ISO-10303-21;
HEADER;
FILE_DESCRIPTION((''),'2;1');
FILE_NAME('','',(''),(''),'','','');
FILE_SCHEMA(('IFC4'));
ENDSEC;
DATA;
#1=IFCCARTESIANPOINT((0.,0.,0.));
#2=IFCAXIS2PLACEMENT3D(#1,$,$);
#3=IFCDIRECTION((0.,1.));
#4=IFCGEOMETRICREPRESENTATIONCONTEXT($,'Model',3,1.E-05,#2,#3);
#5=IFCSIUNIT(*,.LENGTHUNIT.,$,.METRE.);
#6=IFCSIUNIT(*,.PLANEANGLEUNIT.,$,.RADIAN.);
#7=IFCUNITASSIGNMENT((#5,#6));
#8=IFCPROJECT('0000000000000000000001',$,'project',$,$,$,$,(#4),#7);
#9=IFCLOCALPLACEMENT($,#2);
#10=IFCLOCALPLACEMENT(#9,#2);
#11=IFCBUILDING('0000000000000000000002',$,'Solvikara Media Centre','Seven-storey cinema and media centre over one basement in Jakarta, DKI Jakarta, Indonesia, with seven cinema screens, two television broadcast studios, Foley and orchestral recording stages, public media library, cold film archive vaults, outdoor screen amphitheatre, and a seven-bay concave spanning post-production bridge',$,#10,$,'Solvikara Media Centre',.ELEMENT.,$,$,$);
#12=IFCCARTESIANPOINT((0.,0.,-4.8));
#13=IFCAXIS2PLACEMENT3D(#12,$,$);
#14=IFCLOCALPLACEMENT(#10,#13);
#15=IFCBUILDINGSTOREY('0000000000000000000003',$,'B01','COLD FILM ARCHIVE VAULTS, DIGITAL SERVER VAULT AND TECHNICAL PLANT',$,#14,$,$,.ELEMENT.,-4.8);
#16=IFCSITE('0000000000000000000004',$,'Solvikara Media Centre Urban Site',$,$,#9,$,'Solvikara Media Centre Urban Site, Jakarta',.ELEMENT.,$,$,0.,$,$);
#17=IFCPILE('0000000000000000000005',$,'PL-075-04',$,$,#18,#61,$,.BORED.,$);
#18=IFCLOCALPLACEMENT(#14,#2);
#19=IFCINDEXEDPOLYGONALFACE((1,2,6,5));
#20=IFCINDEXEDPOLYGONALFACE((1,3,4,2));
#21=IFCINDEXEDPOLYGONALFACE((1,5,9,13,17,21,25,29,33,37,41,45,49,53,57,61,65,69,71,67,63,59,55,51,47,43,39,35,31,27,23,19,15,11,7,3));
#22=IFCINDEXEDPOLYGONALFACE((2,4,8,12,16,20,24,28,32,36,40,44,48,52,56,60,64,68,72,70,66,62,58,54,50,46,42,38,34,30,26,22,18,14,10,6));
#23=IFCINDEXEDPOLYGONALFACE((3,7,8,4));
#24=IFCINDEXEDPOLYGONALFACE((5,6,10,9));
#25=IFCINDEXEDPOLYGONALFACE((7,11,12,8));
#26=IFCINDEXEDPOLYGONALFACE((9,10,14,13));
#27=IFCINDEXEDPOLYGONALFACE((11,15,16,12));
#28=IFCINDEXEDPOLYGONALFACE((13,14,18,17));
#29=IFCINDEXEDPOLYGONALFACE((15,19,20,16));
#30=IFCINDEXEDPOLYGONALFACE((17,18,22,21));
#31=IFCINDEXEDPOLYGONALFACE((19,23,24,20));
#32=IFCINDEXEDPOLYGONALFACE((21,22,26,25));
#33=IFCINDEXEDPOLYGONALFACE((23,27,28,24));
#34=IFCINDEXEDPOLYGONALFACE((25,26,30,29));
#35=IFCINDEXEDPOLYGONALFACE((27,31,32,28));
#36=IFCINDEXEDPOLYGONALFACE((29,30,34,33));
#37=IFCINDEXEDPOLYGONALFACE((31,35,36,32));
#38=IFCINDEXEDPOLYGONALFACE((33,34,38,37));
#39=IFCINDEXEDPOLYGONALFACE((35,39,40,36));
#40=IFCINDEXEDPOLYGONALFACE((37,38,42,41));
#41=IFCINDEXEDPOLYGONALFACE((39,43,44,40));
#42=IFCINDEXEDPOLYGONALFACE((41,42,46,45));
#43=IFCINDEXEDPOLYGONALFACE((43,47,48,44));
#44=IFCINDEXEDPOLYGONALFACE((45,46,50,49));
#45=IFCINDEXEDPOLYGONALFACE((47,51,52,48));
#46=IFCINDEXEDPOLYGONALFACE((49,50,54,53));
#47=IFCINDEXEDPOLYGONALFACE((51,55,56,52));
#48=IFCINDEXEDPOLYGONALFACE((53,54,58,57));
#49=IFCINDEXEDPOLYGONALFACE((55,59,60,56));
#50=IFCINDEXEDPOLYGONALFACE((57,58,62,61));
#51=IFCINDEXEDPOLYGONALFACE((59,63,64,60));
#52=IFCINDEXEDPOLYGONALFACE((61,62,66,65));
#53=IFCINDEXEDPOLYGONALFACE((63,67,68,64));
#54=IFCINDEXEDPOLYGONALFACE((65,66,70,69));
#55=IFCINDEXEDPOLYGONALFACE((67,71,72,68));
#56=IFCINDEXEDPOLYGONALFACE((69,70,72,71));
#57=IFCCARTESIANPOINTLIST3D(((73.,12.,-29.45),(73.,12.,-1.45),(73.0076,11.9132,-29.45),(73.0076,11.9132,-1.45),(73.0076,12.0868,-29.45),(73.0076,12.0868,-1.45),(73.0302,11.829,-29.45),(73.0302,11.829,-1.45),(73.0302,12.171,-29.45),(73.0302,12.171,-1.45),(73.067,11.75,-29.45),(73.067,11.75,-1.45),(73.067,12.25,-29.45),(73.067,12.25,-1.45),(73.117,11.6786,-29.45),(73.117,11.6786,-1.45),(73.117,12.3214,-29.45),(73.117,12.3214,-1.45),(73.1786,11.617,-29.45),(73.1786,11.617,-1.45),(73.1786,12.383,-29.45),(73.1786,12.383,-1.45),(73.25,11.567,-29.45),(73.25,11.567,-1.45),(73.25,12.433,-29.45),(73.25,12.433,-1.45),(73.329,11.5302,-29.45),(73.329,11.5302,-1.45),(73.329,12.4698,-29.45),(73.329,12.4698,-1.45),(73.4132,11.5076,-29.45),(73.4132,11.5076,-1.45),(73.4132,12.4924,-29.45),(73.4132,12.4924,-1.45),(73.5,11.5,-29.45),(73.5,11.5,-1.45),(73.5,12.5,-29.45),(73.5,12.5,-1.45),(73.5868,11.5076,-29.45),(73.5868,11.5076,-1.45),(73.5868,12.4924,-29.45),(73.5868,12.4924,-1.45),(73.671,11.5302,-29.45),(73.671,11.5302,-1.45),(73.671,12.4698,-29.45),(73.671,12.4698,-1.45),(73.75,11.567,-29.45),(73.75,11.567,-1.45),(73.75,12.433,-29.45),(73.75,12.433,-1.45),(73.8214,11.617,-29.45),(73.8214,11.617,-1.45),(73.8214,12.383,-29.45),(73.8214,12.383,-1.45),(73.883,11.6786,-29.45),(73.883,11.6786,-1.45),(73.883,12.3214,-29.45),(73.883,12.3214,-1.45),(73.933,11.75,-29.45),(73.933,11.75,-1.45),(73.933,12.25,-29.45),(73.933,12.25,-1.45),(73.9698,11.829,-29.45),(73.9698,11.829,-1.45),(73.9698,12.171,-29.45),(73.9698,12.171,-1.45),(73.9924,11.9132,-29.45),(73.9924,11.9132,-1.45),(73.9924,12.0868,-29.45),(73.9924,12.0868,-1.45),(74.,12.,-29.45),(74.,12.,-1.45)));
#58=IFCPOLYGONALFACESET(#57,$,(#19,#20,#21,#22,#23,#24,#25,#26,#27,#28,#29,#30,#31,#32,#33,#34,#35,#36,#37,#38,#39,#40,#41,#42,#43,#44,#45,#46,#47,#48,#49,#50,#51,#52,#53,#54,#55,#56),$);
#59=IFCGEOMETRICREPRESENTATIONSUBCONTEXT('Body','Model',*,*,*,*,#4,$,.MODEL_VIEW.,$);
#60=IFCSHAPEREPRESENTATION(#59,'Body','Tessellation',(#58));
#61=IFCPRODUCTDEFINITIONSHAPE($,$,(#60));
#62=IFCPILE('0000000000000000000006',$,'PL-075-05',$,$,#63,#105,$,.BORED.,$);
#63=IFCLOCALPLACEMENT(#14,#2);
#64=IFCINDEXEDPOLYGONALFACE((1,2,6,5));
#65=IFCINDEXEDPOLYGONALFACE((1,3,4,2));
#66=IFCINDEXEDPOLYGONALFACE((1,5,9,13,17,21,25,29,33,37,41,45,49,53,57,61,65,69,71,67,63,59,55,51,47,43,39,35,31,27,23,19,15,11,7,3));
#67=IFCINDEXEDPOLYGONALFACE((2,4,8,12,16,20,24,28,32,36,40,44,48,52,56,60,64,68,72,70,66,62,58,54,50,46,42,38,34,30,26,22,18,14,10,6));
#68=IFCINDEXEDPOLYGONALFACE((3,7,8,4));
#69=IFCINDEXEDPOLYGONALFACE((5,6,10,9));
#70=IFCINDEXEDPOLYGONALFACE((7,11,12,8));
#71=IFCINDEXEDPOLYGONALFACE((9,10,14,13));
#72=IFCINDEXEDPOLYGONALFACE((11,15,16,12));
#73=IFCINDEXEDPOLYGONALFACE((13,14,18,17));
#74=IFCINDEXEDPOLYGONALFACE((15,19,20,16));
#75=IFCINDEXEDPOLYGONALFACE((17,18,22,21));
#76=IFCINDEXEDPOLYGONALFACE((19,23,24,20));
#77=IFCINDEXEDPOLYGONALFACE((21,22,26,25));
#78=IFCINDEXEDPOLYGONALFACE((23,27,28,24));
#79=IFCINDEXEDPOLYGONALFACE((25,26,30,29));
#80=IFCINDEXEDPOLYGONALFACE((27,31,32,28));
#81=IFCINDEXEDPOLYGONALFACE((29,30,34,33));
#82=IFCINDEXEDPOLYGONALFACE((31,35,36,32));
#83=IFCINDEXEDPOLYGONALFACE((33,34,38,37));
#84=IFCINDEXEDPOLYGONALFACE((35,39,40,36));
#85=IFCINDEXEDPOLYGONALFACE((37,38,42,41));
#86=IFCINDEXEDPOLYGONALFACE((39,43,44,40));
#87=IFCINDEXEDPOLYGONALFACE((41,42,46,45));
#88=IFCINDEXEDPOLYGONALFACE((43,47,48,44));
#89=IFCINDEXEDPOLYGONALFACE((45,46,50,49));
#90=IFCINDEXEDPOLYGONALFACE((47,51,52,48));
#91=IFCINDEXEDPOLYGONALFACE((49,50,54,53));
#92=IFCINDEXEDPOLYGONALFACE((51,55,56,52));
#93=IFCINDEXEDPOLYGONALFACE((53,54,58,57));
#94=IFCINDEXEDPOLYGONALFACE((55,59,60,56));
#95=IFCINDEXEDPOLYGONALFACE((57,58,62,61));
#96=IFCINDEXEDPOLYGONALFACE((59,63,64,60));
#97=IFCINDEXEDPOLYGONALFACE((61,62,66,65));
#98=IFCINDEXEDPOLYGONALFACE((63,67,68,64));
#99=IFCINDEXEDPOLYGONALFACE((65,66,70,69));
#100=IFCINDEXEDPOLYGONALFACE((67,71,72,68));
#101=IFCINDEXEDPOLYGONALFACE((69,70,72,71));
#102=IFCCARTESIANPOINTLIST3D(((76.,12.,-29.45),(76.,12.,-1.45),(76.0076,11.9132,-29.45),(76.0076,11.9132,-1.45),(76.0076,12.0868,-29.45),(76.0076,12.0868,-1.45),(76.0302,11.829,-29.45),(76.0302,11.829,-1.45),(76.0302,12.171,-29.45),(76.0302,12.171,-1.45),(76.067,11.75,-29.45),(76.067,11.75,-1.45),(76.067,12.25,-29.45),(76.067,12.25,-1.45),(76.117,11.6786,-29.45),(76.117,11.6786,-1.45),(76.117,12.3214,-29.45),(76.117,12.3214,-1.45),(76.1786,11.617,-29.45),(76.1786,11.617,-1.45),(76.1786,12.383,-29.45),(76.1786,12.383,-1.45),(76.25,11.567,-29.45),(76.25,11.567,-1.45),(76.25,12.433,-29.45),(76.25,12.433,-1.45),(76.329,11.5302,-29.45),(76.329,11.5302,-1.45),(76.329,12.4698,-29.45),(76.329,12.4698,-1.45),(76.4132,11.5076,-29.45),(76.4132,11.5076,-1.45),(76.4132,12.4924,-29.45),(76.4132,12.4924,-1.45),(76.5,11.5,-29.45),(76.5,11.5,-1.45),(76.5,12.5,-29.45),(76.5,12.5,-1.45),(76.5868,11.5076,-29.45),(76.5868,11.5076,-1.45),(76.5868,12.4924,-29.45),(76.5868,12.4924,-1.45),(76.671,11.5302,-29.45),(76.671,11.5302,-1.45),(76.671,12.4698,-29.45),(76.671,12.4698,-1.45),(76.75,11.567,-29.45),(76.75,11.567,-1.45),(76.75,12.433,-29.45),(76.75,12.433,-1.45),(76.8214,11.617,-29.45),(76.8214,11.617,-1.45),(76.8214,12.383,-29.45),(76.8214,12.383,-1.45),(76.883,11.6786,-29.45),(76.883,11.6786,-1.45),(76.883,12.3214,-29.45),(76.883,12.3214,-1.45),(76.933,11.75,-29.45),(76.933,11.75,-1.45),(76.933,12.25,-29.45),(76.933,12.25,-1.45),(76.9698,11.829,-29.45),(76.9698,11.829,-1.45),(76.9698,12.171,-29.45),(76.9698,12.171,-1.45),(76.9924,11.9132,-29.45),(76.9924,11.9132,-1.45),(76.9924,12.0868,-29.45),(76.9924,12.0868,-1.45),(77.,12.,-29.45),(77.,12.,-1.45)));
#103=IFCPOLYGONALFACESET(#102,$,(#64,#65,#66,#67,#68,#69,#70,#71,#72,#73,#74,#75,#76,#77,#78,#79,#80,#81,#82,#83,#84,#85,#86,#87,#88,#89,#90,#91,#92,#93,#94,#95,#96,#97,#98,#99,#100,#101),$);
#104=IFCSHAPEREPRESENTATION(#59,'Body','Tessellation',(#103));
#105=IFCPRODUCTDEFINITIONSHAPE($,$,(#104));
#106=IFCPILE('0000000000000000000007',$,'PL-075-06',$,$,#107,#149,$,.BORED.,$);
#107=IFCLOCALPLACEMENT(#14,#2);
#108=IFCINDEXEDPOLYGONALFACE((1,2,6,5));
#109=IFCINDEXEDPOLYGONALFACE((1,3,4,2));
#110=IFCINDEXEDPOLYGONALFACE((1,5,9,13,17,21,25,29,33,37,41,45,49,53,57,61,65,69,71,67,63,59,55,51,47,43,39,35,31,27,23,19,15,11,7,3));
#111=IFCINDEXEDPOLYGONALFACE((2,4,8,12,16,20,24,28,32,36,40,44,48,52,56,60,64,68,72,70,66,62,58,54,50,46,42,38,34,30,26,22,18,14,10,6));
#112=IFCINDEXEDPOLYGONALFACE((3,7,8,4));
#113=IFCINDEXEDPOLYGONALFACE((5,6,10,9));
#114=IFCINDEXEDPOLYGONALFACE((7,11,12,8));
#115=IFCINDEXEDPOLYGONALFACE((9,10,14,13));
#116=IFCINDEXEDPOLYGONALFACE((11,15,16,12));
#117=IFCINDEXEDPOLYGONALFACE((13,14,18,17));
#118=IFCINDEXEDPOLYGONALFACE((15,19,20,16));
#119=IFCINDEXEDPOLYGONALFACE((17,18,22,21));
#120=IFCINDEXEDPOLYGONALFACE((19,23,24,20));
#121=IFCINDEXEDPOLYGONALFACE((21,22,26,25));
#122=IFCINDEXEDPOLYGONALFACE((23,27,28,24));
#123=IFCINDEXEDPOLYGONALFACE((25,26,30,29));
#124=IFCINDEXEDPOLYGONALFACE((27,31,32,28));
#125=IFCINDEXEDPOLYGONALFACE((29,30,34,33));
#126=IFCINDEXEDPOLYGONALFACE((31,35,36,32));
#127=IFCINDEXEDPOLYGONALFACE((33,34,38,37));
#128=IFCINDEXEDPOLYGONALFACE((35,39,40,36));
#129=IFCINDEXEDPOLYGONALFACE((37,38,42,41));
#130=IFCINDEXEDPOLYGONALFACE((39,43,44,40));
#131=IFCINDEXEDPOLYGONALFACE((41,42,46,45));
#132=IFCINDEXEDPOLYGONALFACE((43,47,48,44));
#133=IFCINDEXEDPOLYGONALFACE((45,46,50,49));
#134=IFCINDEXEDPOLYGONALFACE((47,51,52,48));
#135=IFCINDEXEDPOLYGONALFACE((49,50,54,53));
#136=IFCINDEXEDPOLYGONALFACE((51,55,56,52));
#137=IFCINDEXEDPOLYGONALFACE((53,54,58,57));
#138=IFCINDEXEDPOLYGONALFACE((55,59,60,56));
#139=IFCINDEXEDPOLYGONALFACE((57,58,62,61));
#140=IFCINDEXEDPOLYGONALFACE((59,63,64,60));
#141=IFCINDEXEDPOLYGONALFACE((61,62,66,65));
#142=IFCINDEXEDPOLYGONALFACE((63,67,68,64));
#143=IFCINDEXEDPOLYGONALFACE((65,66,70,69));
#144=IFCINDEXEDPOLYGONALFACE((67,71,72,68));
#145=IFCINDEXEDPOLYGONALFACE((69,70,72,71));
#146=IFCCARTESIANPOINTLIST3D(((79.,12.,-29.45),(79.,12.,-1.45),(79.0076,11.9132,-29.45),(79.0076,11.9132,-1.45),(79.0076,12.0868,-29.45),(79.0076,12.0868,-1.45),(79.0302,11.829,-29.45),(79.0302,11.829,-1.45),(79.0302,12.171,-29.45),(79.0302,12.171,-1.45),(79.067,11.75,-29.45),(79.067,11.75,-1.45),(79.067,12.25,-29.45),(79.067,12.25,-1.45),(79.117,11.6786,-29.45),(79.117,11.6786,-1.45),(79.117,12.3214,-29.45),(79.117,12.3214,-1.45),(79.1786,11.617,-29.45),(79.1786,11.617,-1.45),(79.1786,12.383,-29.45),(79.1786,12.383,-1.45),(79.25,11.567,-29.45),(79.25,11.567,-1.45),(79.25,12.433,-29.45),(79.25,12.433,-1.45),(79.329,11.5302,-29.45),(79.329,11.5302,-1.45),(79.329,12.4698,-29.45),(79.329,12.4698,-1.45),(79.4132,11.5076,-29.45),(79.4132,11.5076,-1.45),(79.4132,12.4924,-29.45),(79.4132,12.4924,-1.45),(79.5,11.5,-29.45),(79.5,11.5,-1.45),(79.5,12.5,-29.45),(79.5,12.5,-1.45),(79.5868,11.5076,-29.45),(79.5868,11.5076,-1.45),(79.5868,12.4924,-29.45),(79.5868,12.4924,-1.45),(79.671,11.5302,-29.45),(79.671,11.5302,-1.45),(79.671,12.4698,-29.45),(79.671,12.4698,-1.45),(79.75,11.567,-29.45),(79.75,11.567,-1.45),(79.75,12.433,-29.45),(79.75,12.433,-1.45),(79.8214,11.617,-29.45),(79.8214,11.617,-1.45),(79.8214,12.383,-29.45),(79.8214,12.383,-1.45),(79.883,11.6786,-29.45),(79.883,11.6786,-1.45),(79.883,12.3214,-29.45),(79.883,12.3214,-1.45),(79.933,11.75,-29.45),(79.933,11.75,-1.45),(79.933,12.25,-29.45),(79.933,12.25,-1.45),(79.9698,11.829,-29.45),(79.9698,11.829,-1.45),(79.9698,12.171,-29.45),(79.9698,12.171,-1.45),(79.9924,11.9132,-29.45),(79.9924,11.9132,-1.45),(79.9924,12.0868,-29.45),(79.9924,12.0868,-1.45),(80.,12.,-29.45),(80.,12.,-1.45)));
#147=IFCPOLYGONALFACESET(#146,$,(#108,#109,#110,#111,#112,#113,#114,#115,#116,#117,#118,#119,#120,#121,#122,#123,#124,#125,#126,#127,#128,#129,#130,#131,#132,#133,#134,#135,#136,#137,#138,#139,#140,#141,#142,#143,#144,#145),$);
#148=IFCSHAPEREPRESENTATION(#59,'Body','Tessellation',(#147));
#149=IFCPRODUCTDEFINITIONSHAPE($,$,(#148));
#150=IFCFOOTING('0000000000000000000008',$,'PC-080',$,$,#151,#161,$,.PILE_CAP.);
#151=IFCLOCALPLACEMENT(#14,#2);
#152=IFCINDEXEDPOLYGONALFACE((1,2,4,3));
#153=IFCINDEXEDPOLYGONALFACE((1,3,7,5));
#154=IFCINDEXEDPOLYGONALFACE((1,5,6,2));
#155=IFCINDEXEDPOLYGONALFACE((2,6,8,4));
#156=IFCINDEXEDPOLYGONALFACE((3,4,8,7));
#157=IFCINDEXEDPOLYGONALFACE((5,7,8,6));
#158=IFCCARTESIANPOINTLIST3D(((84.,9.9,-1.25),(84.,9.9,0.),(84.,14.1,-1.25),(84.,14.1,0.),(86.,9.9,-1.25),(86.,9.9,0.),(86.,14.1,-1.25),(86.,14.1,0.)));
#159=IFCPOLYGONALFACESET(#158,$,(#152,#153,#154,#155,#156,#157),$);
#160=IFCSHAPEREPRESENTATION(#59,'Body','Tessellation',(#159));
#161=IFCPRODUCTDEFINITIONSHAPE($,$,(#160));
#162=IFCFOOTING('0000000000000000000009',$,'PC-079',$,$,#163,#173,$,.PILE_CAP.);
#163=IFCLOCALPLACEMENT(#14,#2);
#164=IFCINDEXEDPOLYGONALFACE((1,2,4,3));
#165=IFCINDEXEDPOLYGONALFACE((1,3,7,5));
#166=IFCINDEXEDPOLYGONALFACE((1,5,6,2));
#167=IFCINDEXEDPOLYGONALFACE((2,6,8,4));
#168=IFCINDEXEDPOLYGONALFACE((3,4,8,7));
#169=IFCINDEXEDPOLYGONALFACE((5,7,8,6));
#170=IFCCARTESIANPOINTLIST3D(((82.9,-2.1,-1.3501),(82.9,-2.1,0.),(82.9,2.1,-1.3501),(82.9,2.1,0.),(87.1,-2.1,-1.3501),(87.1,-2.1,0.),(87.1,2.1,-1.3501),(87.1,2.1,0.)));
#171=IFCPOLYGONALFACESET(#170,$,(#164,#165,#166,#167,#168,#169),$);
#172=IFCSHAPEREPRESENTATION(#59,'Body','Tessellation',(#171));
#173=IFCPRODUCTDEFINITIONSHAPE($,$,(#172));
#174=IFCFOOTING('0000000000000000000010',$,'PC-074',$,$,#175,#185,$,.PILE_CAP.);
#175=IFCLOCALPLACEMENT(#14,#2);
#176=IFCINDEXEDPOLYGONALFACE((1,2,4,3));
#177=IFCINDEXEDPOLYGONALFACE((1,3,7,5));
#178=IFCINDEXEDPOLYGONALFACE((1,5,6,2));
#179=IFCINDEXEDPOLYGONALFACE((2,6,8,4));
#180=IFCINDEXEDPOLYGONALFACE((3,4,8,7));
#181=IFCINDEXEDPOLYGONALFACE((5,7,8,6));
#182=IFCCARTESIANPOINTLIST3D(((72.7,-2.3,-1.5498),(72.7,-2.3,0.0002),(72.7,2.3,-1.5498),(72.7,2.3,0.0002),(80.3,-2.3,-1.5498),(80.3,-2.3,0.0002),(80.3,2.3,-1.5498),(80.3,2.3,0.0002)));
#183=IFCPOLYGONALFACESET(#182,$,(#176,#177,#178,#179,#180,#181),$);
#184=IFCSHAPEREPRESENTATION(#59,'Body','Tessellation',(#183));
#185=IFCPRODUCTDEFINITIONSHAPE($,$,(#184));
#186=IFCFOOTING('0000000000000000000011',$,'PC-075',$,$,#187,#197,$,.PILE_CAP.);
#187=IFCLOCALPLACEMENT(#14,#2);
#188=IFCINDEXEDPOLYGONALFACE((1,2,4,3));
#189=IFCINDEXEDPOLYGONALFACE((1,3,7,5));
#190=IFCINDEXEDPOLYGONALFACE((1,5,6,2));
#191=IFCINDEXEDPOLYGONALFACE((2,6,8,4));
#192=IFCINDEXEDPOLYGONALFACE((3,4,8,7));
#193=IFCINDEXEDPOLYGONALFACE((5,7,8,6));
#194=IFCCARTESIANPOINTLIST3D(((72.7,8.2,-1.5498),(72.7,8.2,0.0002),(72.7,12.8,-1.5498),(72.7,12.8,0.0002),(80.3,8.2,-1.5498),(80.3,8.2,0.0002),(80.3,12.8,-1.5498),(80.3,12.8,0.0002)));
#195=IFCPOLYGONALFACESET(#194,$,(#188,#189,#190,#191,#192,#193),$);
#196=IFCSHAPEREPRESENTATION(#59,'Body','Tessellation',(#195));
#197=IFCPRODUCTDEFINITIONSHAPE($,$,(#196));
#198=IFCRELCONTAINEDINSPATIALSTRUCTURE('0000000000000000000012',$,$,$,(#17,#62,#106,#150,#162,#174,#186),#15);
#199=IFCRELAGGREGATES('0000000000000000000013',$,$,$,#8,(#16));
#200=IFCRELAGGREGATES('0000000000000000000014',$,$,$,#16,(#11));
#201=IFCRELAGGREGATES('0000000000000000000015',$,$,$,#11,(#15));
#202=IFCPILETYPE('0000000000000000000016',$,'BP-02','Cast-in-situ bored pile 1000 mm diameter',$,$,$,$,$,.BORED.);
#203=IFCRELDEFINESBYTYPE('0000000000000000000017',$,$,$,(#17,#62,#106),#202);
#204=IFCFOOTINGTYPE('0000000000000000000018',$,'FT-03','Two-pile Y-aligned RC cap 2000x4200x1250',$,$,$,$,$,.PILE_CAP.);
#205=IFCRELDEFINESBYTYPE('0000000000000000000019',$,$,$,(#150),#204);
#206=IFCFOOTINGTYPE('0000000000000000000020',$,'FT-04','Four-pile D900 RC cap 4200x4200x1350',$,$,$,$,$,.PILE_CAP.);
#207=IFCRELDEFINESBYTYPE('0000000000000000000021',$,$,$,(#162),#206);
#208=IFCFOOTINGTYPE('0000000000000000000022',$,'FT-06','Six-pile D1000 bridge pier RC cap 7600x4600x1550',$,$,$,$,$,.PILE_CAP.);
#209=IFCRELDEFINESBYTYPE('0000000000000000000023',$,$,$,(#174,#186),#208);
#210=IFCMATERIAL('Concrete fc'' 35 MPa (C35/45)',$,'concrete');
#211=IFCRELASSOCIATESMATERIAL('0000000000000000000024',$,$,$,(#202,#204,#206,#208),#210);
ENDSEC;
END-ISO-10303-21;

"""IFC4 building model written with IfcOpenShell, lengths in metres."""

from ifc_helpers import new_model, si_unit, direction, frame, origin, origin_2d, place, context, subcontext, project, spatial, rectangle, circle, extrude, material, material_profile, profile_set, type_object, element, save


model = new_model("IFC4")

# Units and contexts
model_context = context("Model", 3, precision=1e-05, world=origin(), true_north=direction((0.0, 1.0)))
body_context = subcontext(model_context, "Body", "Model", "MODEL_VIEW")
ifc_project = project(units=[si_unit("LENGTHUNIT", "METRE"), si_unit("PLANEANGLEUNIT", "RADIAN")], contexts=[model_context])

# Site, building, storey
site_placement = place(None, origin())
site = spatial("IfcSite", under=ifc_project, at=site_placement, Name="Solvikara Media Centre Urban Site", LongName="Solvikara Media Centre Urban Site, Jakarta", CompositionType="ELEMENT", RefElevation=0.0)
building_placement = place(site_placement, origin())
building = spatial("IfcBuilding", under=site, at=building_placement, Name="Solvikara Media Centre", Description="Seven-storey cinema and media centre over one basement in Jakarta, DKI Jakarta, Indonesia, with seven cinema screens, two television broadcast studios, Foley and orchestral recording stages, public media library, cold film archive vaults, outdoor screen amphitheatre, and a seven-bay concave spanning post-production bridge", LongName="Solvikara Media Centre", CompositionType="ELEMENT")
storey_placement = place(building_placement, frame((0.0, 0.0, -4.8)))
storey = spatial("IfcBuildingStorey", under=building, at=storey_placement, Name="B01", Description="COLD FILM ARCHIVE VAULTS, DIGITAL SERVER VAULT AND TECHNICAL PLANT", CompositionType="ELEMENT", Elevation=-4.8)

# Piles
ifc_material_1 = material(Name="Concrete fc' 35 MPa (C35/45)", Category="concrete")
ifc_material_profile_1 = material_profile(ifc_material_1, circle(Radius=0.5, at=origin_2d()), Name="BORED PILE D1000")
ifc_profile_set_1 = profile_set([ifc_material_profile_1], Name="Concrete fc' 35 MPa (C35/45)")
pile_type_1 = type_object("IfcPileType", Name="BP-02", Description="Cast-in-situ bored pile 1000 mm diameter", PredefinedType="BORED", material=ifc_profile_set_1)
for number, where, z_axis, x_axis, name in (
    (1, (73.5, 12.0, -1.45), (0.0, 0.0, -1.0), (1.0, 0.0, 0.0), "PL-075-04"),
    (2, (76.5, 12.0, -1.45), (0.0, 0.0, -1.0), (1.0, 0.0, 0.0), "PL-075-05"),
    (3, (79.5, 12.0, -1.45), (0.0, 0.0, -1.0), (1.0, 0.0, 0.0), "PL-075-06"),
):
    element("IfcPile", number, at=place(storey_placement, frame(where, z_axis=z_axis, x_axis=x_axis)), inside=storey, type_object=pile_type_1, Name=name, PredefinedType="BORED", context=body_context, shape_type="SweptSolid", body=[
        extrude(circle(Radius=0.5, at=origin_2d()), origin(), (0.0, 0.0, 1.0), 28.0),
    ])

# Footings
footing_type_1 = type_object("IfcFootingType", Name="FT-03", Description="Two-pile Y-aligned RC cap 2000x4200x1250", PredefinedType="PILE_CAP", material=ifc_material_1)
footing_1_placement = place(storey_placement, frame((85.0, 12.0, -1.25), z_axis=(0.0, 0.0, 1.0), x_axis=(1.0, 0.0, 0.0)))
element("IfcFooting", 4, at=footing_1_placement, inside=storey, type_object=footing_type_1, Name="PC-080", PredefinedType="PILE_CAP", context=body_context, shape_type="SweptSolid", body=[
    extrude(rectangle(XDim=2.0, YDim=4.2, at=origin_2d()), origin(), (0.0, 0.0, 1.0), 1.25),
])
footing_type_2 = type_object("IfcFootingType", Name="FT-04", Description="Four-pile D900 RC cap 4200x4200x1350", PredefinedType="PILE_CAP", material=ifc_material_1)
footing_2_placement = place(storey_placement, frame((85.0, 0.0, -1.3501), z_axis=(0.0, 0.0, 1.0), x_axis=(1.0, 0.0, 0.0)))
element("IfcFooting", 5, at=footing_2_placement, inside=storey, type_object=footing_type_2, Name="PC-079", PredefinedType="PILE_CAP", context=body_context, shape_type="SweptSolid", body=[
    extrude(rectangle(XDim=4.2, YDim=4.2, at=origin_2d()), origin(), (0.0, 0.0, 1.0), 1.3501),
])
footing_type_3 = type_object("IfcFootingType", Name="FT-06", Description="Six-pile D1000 bridge pier RC cap 7600x4600x1550", PredefinedType="PILE_CAP", material=ifc_material_1)
for number, where, z_axis, x_axis, name in (
    (6, (76.5, 0.0, -1.5498), (0.0, 0.0, 1.0), (1.0, 0.0, 0.0), "PC-074"),
    (7, (76.5, 10.5, -1.5498), (0.0, 0.0, 1.0), (1.0, 0.0, 0.0), "PC-075"),
):
    element("IfcFooting", number, at=place(storey_placement, frame(where, z_axis=z_axis, x_axis=x_axis)), inside=storey, type_object=footing_type_3, Name=name, PredefinedType="PILE_CAP", context=body_context, shape_type="SweptSolid", body=[
        extrude(rectangle(XDim=7.6001, YDim=4.6001, at=origin_2d()), origin(), (0.0, 0.0, 1.0), 1.55),
    ])

save(model, "model.ifc")
